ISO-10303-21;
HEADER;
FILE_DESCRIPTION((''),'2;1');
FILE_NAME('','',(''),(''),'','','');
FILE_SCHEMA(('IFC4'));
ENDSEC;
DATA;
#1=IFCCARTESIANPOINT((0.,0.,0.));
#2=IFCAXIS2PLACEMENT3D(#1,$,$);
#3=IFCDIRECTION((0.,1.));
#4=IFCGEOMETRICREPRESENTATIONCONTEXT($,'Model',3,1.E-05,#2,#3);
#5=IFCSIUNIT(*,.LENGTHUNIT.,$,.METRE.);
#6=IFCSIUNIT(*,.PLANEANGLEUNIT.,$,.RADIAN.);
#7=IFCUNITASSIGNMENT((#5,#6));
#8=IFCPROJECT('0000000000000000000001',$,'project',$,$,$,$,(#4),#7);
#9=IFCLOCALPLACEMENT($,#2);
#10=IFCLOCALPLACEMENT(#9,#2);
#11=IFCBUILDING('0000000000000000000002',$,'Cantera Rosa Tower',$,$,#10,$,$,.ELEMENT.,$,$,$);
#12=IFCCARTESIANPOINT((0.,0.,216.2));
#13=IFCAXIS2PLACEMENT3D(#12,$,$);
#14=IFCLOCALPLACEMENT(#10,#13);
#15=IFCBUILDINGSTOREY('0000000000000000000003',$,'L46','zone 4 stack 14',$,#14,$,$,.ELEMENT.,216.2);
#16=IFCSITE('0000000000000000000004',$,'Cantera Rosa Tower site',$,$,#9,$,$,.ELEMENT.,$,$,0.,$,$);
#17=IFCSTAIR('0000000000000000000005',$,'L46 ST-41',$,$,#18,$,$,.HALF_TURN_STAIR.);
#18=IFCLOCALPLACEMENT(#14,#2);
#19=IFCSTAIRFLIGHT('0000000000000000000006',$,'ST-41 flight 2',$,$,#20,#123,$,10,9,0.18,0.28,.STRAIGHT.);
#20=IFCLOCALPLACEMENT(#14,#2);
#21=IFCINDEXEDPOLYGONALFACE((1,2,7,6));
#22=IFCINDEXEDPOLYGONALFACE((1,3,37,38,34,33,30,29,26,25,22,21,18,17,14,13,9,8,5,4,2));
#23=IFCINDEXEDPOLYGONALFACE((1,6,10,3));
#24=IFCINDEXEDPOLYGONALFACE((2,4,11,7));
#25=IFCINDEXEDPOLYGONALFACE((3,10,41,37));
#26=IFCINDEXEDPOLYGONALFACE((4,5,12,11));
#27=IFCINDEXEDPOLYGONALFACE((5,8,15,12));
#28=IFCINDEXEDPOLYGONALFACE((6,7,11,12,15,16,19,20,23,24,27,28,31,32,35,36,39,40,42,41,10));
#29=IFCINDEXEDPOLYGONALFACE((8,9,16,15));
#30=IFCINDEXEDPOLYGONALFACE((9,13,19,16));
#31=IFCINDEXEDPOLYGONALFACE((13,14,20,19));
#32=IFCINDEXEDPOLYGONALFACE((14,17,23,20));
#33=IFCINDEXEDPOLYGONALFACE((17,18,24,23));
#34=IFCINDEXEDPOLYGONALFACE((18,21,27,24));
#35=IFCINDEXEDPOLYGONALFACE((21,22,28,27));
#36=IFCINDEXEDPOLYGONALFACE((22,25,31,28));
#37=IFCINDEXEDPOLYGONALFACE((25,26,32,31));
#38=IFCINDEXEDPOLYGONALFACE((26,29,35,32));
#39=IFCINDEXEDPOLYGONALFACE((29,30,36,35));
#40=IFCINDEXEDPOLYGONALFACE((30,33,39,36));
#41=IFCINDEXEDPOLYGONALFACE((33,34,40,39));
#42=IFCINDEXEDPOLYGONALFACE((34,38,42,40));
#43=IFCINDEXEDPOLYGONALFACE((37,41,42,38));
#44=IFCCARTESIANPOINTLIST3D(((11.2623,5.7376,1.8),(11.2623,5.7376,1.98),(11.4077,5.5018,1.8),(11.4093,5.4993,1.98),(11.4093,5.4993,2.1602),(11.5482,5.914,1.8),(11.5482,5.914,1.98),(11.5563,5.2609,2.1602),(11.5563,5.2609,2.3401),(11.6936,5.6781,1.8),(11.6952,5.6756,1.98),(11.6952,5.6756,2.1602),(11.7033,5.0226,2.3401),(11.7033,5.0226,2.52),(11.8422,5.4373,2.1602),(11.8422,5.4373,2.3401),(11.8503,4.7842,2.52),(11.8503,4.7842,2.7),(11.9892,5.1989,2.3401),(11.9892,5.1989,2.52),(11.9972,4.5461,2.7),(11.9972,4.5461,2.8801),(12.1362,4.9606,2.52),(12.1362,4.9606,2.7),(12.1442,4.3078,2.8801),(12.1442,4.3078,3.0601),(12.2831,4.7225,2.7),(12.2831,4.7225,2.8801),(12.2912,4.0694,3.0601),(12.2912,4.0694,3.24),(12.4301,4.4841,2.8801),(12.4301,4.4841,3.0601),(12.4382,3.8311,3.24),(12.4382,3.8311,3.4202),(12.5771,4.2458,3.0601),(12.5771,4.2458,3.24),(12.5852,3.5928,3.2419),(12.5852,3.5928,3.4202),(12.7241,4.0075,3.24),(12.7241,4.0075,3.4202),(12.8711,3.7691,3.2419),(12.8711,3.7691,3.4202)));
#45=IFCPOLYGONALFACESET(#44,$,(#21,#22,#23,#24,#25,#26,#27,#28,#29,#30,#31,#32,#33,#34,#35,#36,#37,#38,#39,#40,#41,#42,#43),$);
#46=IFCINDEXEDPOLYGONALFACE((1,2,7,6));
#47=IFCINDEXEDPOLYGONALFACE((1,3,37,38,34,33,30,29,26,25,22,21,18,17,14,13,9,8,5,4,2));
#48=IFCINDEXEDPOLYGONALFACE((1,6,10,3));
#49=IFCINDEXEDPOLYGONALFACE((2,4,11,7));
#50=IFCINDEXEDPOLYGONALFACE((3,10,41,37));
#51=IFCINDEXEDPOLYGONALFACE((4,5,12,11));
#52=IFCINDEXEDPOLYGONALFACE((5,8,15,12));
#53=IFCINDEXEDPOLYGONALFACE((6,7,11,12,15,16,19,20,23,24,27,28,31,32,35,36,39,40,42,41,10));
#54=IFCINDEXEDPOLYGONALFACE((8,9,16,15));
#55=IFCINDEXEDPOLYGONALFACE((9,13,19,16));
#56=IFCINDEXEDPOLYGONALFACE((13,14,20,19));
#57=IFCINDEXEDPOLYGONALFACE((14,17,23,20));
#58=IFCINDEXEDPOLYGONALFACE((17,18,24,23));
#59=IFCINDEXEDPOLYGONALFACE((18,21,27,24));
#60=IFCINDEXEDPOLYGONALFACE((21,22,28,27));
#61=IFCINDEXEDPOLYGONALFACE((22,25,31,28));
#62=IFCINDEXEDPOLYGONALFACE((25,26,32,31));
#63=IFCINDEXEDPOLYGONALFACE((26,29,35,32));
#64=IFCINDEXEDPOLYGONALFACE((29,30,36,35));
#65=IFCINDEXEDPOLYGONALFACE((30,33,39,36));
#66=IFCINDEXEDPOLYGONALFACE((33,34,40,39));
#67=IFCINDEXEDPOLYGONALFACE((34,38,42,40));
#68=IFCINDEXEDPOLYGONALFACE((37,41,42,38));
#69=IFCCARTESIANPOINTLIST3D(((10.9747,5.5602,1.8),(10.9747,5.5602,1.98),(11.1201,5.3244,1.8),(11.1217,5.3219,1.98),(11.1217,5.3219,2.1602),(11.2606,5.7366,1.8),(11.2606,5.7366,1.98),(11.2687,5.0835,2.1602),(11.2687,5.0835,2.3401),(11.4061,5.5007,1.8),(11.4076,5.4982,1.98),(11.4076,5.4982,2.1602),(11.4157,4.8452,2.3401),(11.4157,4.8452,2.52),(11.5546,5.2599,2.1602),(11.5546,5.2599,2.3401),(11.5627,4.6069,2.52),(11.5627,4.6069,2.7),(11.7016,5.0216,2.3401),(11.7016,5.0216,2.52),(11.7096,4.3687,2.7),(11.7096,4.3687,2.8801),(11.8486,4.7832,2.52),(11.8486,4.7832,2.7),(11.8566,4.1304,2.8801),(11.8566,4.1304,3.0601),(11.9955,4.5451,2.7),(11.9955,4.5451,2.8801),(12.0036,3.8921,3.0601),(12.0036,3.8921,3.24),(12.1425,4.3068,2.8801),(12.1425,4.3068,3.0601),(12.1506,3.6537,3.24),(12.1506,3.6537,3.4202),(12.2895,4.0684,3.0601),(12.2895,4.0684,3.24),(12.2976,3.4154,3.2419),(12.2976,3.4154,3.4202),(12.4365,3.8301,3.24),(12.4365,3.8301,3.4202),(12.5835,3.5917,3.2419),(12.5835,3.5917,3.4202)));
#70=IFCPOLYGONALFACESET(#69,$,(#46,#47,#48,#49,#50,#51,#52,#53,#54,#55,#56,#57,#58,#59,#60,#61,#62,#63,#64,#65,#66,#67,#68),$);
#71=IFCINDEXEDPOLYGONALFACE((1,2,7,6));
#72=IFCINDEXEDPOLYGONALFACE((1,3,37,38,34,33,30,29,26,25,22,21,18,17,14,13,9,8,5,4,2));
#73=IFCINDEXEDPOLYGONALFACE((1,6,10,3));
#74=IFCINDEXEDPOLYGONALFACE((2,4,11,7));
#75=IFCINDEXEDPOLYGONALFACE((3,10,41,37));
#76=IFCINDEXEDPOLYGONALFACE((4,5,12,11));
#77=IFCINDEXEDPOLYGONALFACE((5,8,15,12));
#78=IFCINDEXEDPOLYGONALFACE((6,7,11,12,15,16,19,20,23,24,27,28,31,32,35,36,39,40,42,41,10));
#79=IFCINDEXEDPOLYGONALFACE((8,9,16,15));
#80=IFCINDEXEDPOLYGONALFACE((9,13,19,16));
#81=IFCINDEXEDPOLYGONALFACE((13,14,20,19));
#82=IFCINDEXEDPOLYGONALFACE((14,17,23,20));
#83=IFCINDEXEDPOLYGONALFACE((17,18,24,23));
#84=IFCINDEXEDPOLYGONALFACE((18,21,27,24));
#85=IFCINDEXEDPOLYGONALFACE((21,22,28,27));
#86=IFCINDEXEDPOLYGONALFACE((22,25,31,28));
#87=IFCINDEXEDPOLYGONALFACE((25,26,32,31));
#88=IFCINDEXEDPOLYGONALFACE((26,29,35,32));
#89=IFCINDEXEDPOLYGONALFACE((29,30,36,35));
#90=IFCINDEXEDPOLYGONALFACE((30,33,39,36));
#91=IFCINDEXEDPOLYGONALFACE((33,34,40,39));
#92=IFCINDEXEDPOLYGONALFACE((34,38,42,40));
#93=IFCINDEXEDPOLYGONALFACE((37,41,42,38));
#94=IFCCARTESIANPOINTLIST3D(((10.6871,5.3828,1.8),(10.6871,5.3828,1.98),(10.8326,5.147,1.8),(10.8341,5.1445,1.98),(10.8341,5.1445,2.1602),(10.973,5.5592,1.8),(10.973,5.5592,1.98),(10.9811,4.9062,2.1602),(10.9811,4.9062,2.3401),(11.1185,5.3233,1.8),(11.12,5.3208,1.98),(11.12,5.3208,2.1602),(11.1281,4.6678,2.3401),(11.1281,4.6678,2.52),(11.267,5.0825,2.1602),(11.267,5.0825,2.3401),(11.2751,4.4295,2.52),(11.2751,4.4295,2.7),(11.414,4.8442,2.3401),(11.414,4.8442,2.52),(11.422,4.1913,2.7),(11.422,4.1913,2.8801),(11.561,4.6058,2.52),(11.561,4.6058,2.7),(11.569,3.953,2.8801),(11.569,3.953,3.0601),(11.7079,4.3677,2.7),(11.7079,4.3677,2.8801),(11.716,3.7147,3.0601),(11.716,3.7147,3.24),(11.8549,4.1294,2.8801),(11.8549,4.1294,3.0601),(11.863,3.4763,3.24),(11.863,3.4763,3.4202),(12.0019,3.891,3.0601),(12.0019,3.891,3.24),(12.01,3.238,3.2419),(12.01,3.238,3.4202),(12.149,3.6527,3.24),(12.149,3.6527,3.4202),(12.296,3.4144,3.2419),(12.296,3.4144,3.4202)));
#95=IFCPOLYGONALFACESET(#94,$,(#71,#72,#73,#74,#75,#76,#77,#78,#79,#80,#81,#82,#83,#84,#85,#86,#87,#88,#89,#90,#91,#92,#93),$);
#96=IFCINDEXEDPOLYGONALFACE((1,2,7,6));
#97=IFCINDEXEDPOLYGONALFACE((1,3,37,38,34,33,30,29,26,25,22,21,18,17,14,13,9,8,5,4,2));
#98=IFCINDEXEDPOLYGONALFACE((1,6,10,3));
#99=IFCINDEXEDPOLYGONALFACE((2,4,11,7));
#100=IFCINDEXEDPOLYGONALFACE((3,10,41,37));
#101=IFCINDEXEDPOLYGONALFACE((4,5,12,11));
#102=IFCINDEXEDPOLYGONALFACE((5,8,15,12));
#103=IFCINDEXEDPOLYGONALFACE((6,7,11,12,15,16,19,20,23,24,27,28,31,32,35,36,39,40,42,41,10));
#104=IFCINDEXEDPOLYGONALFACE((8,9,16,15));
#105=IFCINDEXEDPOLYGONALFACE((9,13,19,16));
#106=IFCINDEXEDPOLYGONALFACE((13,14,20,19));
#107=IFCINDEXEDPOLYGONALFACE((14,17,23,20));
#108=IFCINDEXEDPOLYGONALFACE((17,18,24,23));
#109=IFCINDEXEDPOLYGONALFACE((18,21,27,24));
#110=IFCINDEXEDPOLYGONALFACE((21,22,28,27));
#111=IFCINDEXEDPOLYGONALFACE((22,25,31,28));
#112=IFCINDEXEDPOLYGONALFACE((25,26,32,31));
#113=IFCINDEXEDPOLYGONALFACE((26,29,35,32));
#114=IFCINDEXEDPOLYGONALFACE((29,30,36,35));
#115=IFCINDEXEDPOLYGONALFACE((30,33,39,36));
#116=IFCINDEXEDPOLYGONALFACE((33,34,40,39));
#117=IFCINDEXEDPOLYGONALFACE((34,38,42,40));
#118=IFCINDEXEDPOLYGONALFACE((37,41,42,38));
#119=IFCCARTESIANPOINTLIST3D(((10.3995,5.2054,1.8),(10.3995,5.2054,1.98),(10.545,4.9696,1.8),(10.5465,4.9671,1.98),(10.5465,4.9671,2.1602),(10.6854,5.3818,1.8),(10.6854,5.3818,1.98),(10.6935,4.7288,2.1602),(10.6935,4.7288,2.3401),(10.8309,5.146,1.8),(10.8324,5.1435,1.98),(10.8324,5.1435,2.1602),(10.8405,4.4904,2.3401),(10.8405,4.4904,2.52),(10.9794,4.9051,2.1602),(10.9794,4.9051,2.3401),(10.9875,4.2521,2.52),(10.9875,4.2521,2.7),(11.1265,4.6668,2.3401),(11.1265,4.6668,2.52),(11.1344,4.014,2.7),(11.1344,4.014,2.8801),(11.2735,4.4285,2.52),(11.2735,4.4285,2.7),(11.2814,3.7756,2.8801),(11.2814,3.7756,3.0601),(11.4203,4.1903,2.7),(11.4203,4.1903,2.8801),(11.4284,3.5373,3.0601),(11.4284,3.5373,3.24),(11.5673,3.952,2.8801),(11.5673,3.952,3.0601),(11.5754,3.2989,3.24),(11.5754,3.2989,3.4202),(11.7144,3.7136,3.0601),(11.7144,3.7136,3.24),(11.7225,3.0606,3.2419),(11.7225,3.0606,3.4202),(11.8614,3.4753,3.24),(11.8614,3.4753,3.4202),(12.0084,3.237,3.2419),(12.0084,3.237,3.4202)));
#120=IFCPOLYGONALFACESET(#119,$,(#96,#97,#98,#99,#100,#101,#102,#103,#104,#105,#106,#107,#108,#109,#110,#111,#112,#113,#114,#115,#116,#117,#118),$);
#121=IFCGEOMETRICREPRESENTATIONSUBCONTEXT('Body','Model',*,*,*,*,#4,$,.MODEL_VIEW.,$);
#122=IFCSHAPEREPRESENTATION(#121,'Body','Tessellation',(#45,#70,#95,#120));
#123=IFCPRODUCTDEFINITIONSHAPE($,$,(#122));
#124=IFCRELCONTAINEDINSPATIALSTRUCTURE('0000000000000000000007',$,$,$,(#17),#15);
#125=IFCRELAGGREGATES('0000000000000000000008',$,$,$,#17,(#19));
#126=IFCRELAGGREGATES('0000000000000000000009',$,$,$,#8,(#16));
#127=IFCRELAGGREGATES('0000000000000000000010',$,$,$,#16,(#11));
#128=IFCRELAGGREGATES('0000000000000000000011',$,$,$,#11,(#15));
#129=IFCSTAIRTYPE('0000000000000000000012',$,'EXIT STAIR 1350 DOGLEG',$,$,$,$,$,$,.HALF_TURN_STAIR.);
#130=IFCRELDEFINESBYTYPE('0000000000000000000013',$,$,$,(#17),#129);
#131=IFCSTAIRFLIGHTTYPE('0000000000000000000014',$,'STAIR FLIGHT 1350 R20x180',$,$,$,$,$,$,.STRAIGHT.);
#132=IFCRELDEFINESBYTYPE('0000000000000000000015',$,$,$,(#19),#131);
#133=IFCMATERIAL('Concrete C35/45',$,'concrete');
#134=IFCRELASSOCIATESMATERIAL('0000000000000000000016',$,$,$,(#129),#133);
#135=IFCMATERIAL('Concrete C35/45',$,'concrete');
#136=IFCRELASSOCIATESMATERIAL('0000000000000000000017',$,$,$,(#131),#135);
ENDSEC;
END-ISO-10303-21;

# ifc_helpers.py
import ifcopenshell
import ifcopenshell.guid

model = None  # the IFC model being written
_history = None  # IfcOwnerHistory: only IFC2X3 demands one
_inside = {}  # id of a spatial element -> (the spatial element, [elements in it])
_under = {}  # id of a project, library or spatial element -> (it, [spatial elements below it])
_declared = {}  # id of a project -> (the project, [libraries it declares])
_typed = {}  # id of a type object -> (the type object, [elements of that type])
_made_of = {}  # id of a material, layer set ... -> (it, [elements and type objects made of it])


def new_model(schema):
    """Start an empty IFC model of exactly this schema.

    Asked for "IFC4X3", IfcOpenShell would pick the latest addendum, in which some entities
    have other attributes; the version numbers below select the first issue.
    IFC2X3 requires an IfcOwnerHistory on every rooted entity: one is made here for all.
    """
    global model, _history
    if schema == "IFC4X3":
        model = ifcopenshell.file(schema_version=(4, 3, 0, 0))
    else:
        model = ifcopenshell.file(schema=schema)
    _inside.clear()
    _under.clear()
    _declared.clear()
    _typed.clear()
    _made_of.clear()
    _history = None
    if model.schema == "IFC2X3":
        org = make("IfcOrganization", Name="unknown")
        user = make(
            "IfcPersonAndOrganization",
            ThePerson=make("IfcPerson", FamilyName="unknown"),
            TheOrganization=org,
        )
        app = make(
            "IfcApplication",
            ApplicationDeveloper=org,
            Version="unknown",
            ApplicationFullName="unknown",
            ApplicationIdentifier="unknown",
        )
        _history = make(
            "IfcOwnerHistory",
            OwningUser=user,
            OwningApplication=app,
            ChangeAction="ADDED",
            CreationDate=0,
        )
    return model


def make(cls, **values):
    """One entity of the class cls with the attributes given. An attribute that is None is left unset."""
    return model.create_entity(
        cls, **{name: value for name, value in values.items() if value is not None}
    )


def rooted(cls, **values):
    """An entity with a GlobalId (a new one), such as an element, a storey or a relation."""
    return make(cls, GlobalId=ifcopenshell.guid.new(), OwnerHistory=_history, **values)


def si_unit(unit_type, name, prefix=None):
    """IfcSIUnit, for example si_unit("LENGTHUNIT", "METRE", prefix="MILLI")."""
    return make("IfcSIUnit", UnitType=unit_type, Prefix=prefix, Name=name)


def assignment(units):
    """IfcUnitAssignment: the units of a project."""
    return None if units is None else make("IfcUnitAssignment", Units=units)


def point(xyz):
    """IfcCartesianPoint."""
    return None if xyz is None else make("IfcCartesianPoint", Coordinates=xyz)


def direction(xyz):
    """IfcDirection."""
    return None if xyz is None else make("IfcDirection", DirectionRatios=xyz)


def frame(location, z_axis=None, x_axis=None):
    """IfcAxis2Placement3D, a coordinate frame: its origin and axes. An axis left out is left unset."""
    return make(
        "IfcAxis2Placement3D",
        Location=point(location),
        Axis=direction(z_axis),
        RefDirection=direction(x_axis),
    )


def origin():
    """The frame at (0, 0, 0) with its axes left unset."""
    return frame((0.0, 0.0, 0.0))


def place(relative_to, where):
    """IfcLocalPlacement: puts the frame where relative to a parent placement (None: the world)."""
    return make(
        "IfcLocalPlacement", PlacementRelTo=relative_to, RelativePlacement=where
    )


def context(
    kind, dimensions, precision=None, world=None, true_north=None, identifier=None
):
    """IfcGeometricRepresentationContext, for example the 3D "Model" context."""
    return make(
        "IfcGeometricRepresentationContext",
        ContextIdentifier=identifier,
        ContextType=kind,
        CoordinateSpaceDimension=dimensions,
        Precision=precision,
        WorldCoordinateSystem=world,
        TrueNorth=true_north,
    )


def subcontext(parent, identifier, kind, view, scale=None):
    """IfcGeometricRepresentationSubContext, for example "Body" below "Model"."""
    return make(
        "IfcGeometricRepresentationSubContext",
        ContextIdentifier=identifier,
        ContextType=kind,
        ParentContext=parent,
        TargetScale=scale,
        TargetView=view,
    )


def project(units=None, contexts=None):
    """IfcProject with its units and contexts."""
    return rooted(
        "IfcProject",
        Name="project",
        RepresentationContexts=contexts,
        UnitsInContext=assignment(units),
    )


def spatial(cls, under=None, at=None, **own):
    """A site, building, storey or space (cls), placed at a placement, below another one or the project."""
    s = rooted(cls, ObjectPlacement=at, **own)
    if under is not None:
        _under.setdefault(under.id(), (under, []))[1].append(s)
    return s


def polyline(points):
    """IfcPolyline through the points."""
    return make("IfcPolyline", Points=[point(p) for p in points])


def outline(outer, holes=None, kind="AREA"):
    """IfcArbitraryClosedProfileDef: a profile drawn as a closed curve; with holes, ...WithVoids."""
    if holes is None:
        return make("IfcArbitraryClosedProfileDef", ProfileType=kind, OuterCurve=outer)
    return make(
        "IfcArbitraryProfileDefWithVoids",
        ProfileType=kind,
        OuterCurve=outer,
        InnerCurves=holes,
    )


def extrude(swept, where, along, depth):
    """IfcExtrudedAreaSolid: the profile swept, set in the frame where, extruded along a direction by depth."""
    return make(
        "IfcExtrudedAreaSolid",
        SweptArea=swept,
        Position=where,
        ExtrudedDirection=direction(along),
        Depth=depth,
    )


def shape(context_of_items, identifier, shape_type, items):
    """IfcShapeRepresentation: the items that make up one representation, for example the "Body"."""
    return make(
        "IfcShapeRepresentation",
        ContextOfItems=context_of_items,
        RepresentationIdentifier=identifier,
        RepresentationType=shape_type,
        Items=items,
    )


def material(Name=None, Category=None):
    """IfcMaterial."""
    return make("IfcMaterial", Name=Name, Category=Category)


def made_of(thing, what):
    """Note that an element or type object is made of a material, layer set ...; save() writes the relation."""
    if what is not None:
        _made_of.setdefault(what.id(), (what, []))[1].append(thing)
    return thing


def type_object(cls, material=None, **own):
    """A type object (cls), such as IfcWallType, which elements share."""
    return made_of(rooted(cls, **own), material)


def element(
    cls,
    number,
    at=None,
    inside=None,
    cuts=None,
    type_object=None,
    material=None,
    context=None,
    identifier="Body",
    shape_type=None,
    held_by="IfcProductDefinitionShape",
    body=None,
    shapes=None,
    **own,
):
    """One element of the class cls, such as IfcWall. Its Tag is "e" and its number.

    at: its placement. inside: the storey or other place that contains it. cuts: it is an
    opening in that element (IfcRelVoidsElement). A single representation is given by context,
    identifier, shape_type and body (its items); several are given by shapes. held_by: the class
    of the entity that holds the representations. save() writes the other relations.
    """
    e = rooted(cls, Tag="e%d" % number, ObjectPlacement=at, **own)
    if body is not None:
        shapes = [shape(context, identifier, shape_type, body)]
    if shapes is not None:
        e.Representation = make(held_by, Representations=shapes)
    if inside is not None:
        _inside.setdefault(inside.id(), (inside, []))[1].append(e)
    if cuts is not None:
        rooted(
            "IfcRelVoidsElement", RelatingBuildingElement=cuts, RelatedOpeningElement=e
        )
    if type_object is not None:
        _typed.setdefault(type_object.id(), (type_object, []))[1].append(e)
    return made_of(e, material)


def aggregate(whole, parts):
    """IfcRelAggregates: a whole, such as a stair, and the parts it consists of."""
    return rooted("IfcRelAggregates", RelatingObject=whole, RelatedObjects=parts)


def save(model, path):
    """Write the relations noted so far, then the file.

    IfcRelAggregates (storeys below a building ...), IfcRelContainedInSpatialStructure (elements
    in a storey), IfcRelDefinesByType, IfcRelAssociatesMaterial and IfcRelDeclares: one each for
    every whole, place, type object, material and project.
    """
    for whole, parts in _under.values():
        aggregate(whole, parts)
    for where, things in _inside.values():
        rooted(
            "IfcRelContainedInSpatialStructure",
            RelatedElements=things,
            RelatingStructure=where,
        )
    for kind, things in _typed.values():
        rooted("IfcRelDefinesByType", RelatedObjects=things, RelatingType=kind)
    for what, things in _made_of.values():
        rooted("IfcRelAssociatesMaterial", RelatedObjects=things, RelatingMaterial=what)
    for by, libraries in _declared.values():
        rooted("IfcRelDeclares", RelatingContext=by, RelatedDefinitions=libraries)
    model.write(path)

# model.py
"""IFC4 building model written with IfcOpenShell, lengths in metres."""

from ifc_helpers import new_model, si_unit, direction, frame, origin, place, context, subcontext, project, spatial, polyline, outline, extrude, material, type_object, element, aggregate, save


model = new_model("IFC4")

# Units and contexts
model_context = context("Model", 3, precision=1e-05, world=origin(), true_north=direction((0.0, 1.0)))
body_context = subcontext(model_context, "Body", "Model", "MODEL_VIEW")
ifc_project = project(units=[si_unit("LENGTHUNIT", "METRE"), si_unit("PLANEANGLEUNIT", "RADIAN")], contexts=[model_context])

# Site, building, storey
site_placement = place(None, origin())
site = spatial("IfcSite", under=ifc_project, at=site_placement, Name="Cantera Rosa Tower site", CompositionType="ELEMENT", RefElevation=0.0)
building_placement = place(site_placement, origin())
building = spatial("IfcBuilding", under=site, at=building_placement, Name="Cantera Rosa Tower", CompositionType="ELEMENT")
storey_placement = place(building_placement, frame((0.0, 0.0, 216.2)))
storey = spatial("IfcBuildingStorey", under=building, at=storey_placement, Name="L46", Description="zone 4 stack 14", CompositionType="ELEMENT", Elevation=216.2)

# Stair, stair flight
ifc_material_1 = material(Name="Concrete C35/45", Category="concrete")
stair_type = type_object("IfcStairType", Name="EXIT STAIR 1350 DOGLEG", PredefinedType="HALF_TURN_STAIR", material=ifc_material_1)
stair_placement = place(storey_placement, origin())
stair = element("IfcStair", 1, at=stair_placement, inside=storey, type_object=stair_type, Name="L46 ST-41", PredefinedType="HALF_TURN_STAIR")
ifc_material_2 = material(Name="Concrete C35/45", Category="concrete")
stair_flight_type = type_object("IfcStairFlightType", Name="STAIR FLIGHT 1350 R20x180", PredefinedType="STRAIGHT", material=ifc_material_2)
stair_flight_1_placement = place(storey_placement, frame((10.9736, 5.5596, 1.8), z_axis=(0.0, 0.0, 1.0), x_axis=(0.524977, -0.851117, 0.0)))
stair_flight_1 = element("IfcStairFlight", 2, at=stair_flight_1_placement, type_object=stair_flight_type, Name="ST-41 flight 2", NumberOfRisers=10, NumberOfTreads=9, PredefinedType="STRAIGHT", RiserHeight=0.18, TreadLength=0.28, context=body_context, shape_type="SweptSolid", body=[
    extrude(outline(polyline([(0.0, 0.0), (0.0, 0.1799), (0.28, 0.1799), (0.28, 0.3601), (0.5601, 0.3601), (0.5601, 0.54), (0.8401, 0.54), (0.8401, 0.72), (1.1201, 0.72), (1.1201, 0.8999), (1.3999, 0.8999), (1.3999, 1.0801), (1.6799, 1.0801), (1.6799, 1.26), (1.96, 1.26), (1.96, 1.4399), (2.24, 1.4399), (2.24, 1.6201), (2.52, 1.6201), (2.52, 1.8), (2.52, 1.4419), (0.2771, 0.0), (0.0, 0.0)])), frame((0.0, 0.675, 0.0), z_axis=(0.0, -1.0, 0.0), x_axis=(1.0, 0.0, 0.0)), (0.0, 0.0, 1.0), 0.3359),
    extrude(outline(polyline([(0.0, 0.0), (0.0, 0.1799), (0.28, 0.1799), (0.28, 0.3601), (0.5601, 0.3601), (0.5601, 0.54), (0.8401, 0.54), (0.8401, 0.72), (1.1201, 0.72), (1.1201, 0.8999), (1.3999, 0.8999), (1.3999, 1.0801), (1.6799, 1.0801), (1.6799, 1.26), (1.96, 1.26), (1.96, 1.4399), (2.24, 1.4399), (2.24, 1.6201), (2.52, 1.6201), (2.52, 1.8), (2.52, 1.4419), (0.2771, 0.0), (0.0, 0.0)])), frame((0.0, 0.3372, 0.0), z_axis=(0.0, -1.0, 0.0), x_axis=(1.0, 0.0, 0.0)), (0.0, 0.0, 1.0), 0.3359),
    extrude(outline(polyline([(0.0, 0.0), (0.0, 0.1799), (0.28, 0.1799), (0.28, 0.3601), (0.5601, 0.3601), (0.5601, 0.54), (0.8401, 0.54), (0.8401, 0.72), (1.1201, 0.72), (1.1201, 0.8999), (1.3999, 0.8999), (1.3999, 1.0801), (1.6799, 1.0801), (1.6799, 1.26), (1.96, 1.26), (1.96, 1.4399), (2.24, 1.4399), (2.24, 1.6201), (2.52, 1.6201), (2.52, 1.8), (2.52, 1.4419), (0.2771, 0.0), (0.0, 0.0)])), frame((0.0, -0.0007, 0.0), z_axis=(0.0, -1.0, 0.0), x_axis=(1.0, 0.0, 0.0)), (0.0, 0.0, 1.0), 0.3359),
    extrude(outline(polyline([(0.0, 0.0), (0.0, 0.1799), (0.28, 0.1799), (0.28, 0.3601), (0.5601, 0.3601), (0.5601, 0.54), (0.8401, 0.54), (0.8401, 0.72), (1.1201, 0.72), (1.1201, 0.8999), (1.3999, 0.8999), (1.3999, 1.0801), (1.6799, 1.0801), (1.6799, 1.26), (1.96, 1.26), (1.96, 1.4399), (2.24, 1.4399), (2.24, 1.6201), (2.52, 1.6201), (2.52, 1.8), (2.52, 1.4419), (0.2771, 0.0), (0.0, 0.0)])), frame((0.0, -0.3386, 0.0), z_axis=(0.0, -1.0, 0.0), x_axis=(1.0, 0.0, 0.0)), (0.0, 0.0, 1.0), 0.3359),
])
aggregate(stair, [stair_flight_1])

save(model, "model.ifc")
